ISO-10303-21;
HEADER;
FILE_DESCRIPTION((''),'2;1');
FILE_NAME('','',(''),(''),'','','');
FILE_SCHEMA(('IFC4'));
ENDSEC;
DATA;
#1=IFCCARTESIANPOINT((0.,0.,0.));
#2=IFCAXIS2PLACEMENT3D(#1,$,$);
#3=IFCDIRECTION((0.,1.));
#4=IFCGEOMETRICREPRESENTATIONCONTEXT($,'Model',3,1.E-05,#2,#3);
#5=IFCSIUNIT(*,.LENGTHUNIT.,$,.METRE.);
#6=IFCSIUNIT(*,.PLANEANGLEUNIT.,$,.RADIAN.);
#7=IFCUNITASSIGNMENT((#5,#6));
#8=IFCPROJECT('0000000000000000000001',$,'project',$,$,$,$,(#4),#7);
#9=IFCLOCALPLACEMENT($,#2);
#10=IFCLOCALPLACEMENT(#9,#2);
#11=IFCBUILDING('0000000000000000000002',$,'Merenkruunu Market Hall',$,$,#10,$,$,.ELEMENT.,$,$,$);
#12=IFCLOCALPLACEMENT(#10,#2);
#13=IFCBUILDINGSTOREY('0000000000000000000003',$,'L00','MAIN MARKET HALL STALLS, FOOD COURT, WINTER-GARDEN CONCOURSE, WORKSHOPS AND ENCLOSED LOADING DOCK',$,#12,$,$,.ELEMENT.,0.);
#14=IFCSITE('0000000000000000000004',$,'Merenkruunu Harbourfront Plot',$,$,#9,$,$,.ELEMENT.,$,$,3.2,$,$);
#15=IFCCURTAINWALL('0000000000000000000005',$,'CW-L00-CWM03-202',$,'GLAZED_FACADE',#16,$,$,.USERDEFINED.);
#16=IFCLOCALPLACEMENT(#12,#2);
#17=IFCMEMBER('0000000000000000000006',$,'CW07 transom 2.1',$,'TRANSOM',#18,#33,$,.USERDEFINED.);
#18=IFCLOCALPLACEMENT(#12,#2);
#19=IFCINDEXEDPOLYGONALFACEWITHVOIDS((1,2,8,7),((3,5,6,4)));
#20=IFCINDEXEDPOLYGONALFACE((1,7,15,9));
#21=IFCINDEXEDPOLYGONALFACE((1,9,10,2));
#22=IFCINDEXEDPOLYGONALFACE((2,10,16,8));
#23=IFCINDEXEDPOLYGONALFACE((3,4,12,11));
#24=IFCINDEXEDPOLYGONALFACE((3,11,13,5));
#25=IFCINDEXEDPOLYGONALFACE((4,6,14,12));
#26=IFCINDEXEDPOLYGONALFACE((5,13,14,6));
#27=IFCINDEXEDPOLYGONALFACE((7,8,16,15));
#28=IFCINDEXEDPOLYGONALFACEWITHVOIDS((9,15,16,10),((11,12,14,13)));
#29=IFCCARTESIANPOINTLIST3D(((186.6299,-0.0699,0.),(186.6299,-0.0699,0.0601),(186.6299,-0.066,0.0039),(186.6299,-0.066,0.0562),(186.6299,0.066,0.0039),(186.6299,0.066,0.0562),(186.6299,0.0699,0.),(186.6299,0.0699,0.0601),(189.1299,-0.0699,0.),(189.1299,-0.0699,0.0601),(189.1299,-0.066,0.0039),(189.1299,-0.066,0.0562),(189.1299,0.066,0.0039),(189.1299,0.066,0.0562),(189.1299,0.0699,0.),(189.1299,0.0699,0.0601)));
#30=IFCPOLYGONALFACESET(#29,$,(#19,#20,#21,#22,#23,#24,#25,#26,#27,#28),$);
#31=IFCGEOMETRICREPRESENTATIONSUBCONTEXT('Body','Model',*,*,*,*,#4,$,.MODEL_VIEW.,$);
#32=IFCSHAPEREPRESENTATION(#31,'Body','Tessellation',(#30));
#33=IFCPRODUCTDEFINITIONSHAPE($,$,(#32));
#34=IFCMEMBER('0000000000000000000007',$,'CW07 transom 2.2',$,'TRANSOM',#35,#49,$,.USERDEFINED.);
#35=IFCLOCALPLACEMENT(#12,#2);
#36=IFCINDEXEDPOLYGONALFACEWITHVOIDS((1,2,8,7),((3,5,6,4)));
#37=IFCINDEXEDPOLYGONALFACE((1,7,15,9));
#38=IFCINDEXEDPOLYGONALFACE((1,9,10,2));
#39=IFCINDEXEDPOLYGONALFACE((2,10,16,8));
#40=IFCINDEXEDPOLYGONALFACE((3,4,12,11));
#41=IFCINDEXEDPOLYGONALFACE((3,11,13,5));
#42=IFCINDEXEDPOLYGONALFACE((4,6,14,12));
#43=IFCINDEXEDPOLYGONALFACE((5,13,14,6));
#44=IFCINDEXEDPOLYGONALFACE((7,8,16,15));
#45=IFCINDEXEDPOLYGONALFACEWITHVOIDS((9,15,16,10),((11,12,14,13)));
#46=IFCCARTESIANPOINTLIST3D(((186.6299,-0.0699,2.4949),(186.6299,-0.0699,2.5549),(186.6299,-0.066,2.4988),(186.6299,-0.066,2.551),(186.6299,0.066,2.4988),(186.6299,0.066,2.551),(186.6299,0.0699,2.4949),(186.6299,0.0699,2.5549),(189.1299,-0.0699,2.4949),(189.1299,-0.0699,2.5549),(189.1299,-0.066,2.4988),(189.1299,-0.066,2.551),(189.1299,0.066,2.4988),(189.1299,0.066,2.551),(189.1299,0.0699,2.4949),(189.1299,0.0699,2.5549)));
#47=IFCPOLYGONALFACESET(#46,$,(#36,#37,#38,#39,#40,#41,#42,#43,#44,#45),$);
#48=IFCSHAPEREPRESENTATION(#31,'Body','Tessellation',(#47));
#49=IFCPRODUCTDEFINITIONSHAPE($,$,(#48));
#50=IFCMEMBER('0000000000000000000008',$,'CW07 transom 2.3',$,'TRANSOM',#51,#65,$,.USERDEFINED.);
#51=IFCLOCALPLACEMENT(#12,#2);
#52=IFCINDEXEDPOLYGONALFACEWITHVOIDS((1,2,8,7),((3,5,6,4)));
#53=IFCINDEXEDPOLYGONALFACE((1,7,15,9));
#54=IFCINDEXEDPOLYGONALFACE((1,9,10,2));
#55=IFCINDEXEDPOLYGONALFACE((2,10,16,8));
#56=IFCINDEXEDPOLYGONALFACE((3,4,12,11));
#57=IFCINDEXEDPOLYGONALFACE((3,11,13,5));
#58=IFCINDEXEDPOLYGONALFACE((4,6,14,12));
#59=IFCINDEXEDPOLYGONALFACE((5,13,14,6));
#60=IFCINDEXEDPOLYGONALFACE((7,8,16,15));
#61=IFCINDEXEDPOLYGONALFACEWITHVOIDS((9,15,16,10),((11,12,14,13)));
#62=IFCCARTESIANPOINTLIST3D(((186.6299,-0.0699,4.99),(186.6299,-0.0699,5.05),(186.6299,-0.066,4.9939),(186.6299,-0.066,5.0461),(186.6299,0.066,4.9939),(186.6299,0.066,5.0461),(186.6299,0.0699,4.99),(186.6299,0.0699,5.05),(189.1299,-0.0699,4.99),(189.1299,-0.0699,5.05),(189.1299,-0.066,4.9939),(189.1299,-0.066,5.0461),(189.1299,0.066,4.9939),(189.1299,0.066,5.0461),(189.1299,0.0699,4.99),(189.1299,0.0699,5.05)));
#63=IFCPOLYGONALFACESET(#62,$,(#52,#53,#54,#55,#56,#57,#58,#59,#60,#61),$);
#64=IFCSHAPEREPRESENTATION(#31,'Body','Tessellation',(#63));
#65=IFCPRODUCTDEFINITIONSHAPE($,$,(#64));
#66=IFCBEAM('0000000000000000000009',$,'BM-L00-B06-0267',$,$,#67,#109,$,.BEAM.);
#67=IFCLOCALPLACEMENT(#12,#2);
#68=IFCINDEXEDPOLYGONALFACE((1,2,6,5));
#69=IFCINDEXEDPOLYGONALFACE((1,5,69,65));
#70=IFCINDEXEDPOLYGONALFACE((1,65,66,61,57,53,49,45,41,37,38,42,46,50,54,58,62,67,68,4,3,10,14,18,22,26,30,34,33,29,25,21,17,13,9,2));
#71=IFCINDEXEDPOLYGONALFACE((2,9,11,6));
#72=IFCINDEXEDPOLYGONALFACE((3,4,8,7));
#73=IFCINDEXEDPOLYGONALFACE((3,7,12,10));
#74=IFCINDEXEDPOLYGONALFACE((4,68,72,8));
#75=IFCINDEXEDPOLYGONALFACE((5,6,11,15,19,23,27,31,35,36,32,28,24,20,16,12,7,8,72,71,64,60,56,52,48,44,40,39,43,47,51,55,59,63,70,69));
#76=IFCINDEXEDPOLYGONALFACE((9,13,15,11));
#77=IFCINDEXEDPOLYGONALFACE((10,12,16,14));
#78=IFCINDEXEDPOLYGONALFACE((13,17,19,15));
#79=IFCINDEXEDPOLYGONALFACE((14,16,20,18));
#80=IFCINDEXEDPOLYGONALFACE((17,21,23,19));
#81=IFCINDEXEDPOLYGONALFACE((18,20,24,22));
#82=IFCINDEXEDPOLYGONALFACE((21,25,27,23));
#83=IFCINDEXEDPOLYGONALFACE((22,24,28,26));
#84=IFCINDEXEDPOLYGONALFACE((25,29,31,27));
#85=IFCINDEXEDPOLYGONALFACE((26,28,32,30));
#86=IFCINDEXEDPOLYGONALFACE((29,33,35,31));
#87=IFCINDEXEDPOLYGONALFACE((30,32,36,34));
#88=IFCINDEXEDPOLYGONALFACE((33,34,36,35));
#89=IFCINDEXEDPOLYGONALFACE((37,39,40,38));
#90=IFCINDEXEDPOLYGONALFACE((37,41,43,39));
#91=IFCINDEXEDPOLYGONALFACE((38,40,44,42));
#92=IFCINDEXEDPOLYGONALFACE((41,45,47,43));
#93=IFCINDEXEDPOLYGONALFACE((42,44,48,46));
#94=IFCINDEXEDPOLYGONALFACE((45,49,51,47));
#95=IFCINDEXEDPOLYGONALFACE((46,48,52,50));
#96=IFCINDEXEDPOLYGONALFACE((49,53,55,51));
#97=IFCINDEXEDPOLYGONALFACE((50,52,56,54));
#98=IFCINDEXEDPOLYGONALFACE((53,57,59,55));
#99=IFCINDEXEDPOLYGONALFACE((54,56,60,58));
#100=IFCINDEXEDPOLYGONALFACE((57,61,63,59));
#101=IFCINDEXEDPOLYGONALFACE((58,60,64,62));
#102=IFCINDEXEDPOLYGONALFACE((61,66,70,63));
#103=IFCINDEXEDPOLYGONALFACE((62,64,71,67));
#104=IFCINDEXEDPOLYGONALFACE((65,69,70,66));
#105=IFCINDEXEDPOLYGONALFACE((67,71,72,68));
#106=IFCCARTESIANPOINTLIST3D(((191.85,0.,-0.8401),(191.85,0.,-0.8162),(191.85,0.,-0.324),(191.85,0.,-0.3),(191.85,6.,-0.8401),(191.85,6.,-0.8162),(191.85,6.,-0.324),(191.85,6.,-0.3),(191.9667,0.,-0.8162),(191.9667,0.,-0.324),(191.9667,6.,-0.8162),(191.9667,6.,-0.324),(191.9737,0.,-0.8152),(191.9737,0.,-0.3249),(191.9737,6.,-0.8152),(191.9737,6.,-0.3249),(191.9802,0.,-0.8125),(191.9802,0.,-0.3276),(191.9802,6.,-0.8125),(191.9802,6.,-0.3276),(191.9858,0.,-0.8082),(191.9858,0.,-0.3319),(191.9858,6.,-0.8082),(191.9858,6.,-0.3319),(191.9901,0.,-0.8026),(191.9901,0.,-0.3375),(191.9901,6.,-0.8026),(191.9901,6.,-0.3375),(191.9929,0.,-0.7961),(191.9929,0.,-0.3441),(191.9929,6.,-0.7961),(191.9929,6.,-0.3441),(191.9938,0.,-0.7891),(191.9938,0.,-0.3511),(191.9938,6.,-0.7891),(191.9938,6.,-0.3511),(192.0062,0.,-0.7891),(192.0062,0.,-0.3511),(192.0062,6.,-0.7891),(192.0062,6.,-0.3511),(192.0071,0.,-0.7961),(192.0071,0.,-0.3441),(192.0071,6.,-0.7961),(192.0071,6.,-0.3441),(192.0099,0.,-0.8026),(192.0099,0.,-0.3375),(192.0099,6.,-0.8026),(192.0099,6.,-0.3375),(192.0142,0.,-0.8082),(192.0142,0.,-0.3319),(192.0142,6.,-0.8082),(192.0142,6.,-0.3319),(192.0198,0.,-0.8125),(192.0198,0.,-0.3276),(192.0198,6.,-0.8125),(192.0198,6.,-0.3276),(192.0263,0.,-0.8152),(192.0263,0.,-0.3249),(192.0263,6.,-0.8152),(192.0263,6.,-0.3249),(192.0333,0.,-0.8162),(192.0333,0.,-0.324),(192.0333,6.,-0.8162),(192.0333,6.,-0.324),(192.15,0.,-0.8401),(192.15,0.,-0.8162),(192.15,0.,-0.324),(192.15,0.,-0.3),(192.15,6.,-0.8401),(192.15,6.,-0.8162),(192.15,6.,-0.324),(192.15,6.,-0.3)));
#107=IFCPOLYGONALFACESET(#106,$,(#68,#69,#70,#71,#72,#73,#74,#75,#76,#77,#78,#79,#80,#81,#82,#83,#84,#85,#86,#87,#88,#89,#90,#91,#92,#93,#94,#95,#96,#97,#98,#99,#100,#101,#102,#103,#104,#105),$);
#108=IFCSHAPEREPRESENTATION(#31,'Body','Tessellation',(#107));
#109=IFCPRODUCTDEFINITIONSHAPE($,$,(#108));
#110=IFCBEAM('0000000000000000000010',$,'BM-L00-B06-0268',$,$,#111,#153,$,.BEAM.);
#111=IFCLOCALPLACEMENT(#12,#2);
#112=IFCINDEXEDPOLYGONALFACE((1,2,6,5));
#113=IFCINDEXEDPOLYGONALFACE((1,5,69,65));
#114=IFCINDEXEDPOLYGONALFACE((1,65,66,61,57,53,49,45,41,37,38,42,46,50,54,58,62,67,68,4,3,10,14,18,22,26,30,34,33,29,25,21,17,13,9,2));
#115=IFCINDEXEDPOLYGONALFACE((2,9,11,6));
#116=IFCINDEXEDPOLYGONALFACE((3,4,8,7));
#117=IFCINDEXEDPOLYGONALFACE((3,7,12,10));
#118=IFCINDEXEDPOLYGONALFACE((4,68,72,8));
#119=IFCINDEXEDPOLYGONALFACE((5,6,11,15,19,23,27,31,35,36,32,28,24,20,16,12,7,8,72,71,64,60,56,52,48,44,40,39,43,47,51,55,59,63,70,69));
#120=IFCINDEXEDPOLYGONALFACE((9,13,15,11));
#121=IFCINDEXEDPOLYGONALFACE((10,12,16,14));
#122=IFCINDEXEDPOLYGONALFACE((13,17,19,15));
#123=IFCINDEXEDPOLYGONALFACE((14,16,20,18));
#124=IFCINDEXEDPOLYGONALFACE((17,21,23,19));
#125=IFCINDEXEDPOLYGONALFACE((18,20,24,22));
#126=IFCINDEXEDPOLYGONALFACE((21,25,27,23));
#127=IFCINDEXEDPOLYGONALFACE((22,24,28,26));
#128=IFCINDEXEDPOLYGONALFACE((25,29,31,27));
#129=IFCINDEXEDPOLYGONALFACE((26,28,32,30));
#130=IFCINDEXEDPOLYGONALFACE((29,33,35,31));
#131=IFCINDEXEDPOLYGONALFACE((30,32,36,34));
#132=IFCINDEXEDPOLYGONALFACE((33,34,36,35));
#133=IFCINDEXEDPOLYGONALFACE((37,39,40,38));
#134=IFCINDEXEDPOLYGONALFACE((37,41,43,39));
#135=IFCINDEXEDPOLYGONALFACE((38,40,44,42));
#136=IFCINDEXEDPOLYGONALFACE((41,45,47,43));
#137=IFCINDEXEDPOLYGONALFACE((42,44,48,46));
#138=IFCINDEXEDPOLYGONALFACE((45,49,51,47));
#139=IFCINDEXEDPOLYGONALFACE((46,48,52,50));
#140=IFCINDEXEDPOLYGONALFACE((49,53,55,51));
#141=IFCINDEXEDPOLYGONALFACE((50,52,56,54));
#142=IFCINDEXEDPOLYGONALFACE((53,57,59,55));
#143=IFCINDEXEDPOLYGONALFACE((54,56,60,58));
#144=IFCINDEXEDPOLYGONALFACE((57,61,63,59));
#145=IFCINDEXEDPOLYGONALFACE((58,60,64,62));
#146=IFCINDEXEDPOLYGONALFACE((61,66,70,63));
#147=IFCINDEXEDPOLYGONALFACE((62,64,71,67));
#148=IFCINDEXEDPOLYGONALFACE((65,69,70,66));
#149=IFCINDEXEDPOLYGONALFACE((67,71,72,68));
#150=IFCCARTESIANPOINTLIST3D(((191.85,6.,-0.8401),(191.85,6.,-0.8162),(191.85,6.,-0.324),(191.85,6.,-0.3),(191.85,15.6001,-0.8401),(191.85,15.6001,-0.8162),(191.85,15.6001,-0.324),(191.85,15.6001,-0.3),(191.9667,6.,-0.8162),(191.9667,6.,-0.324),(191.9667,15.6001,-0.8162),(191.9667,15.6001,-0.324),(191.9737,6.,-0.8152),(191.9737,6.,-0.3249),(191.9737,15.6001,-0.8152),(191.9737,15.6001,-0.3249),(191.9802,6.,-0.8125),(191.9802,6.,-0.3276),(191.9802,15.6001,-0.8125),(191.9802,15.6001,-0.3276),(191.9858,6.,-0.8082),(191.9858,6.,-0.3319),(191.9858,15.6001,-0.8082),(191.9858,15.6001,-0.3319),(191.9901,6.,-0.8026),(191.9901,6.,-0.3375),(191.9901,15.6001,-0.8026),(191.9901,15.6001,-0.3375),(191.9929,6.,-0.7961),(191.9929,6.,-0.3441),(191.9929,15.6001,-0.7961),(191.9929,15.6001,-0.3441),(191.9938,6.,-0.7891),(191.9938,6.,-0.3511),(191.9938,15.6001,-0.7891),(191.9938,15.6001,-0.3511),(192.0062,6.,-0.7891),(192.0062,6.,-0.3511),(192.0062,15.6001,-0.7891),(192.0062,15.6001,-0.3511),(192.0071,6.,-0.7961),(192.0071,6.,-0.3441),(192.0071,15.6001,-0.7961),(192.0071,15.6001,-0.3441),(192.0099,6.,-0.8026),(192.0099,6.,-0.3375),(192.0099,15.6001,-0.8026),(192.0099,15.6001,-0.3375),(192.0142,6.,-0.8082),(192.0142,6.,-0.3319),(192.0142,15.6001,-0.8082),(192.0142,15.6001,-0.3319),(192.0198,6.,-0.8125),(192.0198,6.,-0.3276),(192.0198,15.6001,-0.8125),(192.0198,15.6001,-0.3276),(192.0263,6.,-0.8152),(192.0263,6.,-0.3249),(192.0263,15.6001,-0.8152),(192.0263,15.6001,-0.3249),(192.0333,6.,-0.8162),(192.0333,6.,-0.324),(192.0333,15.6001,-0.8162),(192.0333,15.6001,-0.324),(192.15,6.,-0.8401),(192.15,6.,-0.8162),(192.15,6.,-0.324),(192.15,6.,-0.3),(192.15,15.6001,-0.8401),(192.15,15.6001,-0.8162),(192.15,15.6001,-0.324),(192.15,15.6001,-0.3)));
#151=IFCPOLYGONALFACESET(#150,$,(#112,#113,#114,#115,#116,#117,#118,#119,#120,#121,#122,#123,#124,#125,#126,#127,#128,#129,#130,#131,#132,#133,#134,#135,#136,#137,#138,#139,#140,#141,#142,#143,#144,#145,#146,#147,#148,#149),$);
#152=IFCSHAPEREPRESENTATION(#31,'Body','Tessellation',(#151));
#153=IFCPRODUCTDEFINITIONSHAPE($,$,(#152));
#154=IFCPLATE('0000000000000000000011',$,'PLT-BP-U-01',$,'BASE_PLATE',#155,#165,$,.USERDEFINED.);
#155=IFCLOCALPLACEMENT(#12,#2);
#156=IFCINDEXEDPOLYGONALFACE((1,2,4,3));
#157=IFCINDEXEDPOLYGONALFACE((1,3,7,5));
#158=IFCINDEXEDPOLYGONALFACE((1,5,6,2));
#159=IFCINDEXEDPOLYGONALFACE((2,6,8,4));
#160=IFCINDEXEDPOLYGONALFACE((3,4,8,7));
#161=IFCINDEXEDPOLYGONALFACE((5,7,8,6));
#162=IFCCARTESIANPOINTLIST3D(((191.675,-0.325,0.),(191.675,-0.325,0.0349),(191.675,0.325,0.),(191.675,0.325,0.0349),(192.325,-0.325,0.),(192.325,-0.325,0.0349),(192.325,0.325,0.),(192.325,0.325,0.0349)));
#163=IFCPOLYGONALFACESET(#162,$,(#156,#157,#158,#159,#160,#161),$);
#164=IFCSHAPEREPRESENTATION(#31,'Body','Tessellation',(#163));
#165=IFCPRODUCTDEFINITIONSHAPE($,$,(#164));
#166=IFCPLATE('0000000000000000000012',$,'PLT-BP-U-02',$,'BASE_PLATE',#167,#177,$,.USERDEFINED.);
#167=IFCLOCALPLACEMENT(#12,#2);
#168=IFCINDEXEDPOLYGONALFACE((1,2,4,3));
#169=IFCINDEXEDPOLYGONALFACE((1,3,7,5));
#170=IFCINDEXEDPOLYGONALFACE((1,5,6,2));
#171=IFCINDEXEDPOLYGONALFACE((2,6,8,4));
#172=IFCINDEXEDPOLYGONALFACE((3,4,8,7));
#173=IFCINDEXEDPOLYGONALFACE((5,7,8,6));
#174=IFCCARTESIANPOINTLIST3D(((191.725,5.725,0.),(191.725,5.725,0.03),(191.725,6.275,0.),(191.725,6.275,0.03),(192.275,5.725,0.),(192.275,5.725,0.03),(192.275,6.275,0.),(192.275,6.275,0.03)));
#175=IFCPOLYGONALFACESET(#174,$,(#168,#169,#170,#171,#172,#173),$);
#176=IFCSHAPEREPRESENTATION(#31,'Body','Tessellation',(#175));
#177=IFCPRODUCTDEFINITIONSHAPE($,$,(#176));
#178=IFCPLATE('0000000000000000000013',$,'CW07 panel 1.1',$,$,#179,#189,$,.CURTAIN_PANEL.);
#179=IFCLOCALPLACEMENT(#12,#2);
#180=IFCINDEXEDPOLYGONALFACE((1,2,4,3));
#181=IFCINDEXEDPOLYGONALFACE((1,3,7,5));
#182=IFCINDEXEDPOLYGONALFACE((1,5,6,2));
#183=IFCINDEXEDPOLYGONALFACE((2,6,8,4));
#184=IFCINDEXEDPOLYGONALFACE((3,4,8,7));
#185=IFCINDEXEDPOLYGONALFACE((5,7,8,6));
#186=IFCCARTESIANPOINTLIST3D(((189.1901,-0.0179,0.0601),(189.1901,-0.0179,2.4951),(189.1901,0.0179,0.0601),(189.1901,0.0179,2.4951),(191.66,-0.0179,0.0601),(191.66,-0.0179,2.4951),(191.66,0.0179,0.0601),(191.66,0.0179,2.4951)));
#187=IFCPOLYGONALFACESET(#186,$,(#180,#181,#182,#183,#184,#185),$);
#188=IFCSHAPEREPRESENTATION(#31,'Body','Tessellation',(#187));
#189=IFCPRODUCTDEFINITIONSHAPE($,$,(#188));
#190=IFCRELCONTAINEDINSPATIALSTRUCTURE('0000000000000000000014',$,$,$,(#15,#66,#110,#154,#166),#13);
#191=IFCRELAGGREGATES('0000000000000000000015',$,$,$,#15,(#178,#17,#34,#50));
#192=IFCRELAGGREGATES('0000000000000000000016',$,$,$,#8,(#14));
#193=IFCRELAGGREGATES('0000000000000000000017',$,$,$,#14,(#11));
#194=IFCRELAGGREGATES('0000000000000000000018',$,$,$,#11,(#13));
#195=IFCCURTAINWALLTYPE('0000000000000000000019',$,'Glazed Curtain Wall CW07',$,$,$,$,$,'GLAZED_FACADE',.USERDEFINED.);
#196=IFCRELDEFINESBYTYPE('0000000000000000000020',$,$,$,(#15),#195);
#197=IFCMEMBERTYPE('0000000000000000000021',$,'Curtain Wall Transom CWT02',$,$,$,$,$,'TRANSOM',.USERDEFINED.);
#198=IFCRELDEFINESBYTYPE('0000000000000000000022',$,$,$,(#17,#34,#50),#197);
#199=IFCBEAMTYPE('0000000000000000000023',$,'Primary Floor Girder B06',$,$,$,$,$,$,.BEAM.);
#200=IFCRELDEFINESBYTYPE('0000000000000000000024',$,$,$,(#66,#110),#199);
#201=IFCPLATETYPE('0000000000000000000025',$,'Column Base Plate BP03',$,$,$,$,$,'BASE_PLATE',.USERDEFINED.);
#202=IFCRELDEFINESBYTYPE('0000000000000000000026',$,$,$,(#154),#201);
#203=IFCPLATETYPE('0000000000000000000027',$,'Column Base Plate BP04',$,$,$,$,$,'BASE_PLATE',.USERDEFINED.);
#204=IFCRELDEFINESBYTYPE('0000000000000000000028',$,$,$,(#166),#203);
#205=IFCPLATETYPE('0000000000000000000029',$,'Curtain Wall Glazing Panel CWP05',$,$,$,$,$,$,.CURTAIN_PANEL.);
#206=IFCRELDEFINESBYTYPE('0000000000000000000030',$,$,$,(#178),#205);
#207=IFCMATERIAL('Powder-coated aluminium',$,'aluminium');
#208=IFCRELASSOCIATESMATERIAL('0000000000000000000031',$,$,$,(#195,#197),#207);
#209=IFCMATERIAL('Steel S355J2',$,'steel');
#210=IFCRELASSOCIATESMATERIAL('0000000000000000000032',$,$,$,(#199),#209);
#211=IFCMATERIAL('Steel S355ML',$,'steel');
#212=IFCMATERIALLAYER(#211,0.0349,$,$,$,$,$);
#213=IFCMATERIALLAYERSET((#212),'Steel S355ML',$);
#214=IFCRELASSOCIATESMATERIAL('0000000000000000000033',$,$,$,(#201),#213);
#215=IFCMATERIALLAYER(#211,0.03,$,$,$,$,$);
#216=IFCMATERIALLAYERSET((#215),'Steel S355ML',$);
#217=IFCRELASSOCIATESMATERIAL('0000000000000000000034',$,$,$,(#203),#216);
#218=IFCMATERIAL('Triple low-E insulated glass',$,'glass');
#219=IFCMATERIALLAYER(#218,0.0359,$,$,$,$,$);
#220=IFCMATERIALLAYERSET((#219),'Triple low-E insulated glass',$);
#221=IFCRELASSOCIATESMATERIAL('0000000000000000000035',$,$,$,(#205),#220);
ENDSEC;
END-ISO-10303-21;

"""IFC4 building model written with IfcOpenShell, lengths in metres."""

from ifc_helpers import new_model, si_unit, direction, frame, origin, origin_2d, place, context, subcontext, project, spatial, rectangle, hollow_rectangle, i_section, extrude, material, layer, layer_set, material_profile, profile_set, type_object, element, aggregate, save


model = new_model("IFC4")

# Units and contexts
model_context = context("Model", 3, precision=1e-05, world=origin(), true_north=direction((0.0, 1.0)))
body_context = subcontext(model_context, "Body", "Model", "MODEL_VIEW")
ifc_project = project(units=[si_unit("LENGTHUNIT", "METRE"), si_unit("PLANEANGLEUNIT", "RADIAN")], contexts=[model_context])

# Site, building, storey
site_placement = place(None, origin())
site = spatial("IfcSite", under=ifc_project, at=site_placement, Name="Merenkruunu Harbourfront Plot", CompositionType="ELEMENT", RefElevation=3.2)
building_placement = place(site_placement, origin())
building = spatial("IfcBuilding", under=site, at=building_placement, Name="Merenkruunu Market Hall", CompositionType="ELEMENT")
storey_placement = place(building_placement, origin())
storey = spatial("IfcBuildingStorey", under=building, at=storey_placement, Name="L00", Description="MAIN MARKET HALL STALLS, FOOD COURT, WINTER-GARDEN CONCOURSE, WORKSHOPS AND ENCLOSED LOADING DOCK", CompositionType="ELEMENT", Elevation=0.0)

# Shared definitions
ifc_material_1 = material(Name="Steel S355ML", Category="steel")

# Curtain wall, members
ifc_material_2 = material(Name="Powder-coated aluminium", Category="aluminium")
curtain_wall_type = type_object("IfcCurtainWallType", Name="Glazed Curtain Wall CW07", ElementType="GLAZED_FACADE", PredefinedType="USERDEFINED", material=ifc_material_2)
curtain_wall_placement = place(storey_placement, origin())
curtain_wall = element("IfcCurtainWall", 1, at=curtain_wall_placement, inside=storey, type_object=curtain_wall_type, Name="CW-L00-CWM03-202", ObjectType="GLAZED_FACADE", PredefinedType="USERDEFINED")
ifc_material_profile_1 = material_profile(ifc_material_2, hollow_rectangle(XDim=0.0601, YDim=0.1399, WallThickness=0.0039, at=origin_2d()), Name="ALU 60x140x4")
ifc_profile_set_1 = profile_set([ifc_material_profile_1], Name="Powder-coated aluminium")
member_type_1 = type_object("IfcMemberType", Name="Curtain Wall Transom CWT02", ElementType="TRANSOM", PredefinedType="USERDEFINED", material=ifc_profile_set_1)
member_1_placement = place(storey_placement, frame((189.1299, 0.0, 0.03), z_axis=(-1.0, 0.0, 0.0), x_axis=(0.0, 0.0, 1.0)))
member_1 = element("IfcMember", 2, at=member_1_placement, type_object=member_type_1, Name="CW07 transom 2.1", ObjectType="TRANSOM", PredefinedType="USERDEFINED", context=body_context, shape_type="SweptSolid", body=[
    extrude(hollow_rectangle(XDim=0.0601, YDim=0.1399, WallThickness=0.0039, at=origin_2d()), origin(), (0.0, 0.0, 1.0), 2.5),
])
member_2_placement = place(storey_placement, frame((189.1299, 0.0, 2.5249), z_axis=(-1.0, 0.0, 0.0), x_axis=(0.0, 0.0, 1.0)))
member_2 = element("IfcMember", 3, at=member_2_placement, type_object=member_type_1, Name="CW07 transom 2.2", ObjectType="TRANSOM", PredefinedType="USERDEFINED", context=body_context, shape_type="SweptSolid", body=[
    extrude(hollow_rectangle(XDim=0.0601, YDim=0.1399, WallThickness=0.0039, at=origin_2d()), origin(), (0.0, 0.0, 1.0), 2.5),
])
member_3_placement = place(storey_placement, frame((189.1299, 0.0, 5.02), z_axis=(-1.0, 0.0, 0.0), x_axis=(0.0, 0.0, 1.0)))
member_3 = element("IfcMember", 4, at=member_3_placement, type_object=member_type_1, Name="CW07 transom 2.3", ObjectType="TRANSOM", PredefinedType="USERDEFINED", context=body_context, shape_type="SweptSolid", body=[
    extrude(hollow_rectangle(XDim=0.0601, YDim=0.1399, WallThickness=0.0039, at=origin_2d()), origin(), (0.0, 0.0, 1.0), 2.5),
])

# Beams
ifc_material_3 = material(Name="Steel S355J2", Category="steel")
ifc_material_profile_2 = material_profile(ifc_material_3, i_section(OverallWidth=0.3, OverallDepth=0.54, WebThickness=0.0125, FlangeThickness=0.0239, FilletRadius=0.0271, at=origin_2d()), Name="HEA 550")
ifc_profile_set_2 = profile_set([ifc_material_profile_2], Name="Steel S355J2")
beam_type = type_object("IfcBeamType", Name="Primary Floor Girder B06", PredefinedType="BEAM", material=ifc_profile_set_2)
beam_1_placement = place(storey_placement, frame((192.0, 0.0, -0.5701), z_axis=(0.0, 1.0, 0.0), x_axis=(-1.0, 0.0, 0.0)))
element("IfcBeam", 5, at=beam_1_placement, inside=storey, type_object=beam_type, Name="BM-L00-B06-0267", PredefinedType="BEAM", context=body_context, shape_type="SweptSolid", body=[
    extrude(i_section(OverallWidth=0.3, OverallDepth=0.54, WebThickness=0.0125, FlangeThickness=0.0239, FilletRadius=0.0271, at=origin_2d()), origin(), (0.0, 0.0, 1.0), 6.0),
])
beam_2_placement = place(storey_placement, frame((192.0, 6.0, -0.5701), z_axis=(0.0, 1.0, 0.0), x_axis=(-1.0, 0.0, 0.0)))
element("IfcBeam", 6, at=beam_2_placement, inside=storey, type_object=beam_type, Name="BM-L00-B06-0268", PredefinedType="BEAM", context=body_context, shape_type="SweptSolid", body=[
    extrude(i_section(OverallWidth=0.3, OverallDepth=0.54, WebThickness=0.0125, FlangeThickness=0.0239, FilletRadius=0.0271, at=origin_2d()), origin(), (0.0, 0.0, 1.0), 9.6001),
])

# Plates
ifc_layer_1 = layer(ifc_material_1, 0.0349)
ifc_layer_set_1 = layer_set([ifc_layer_1], Name="Steel S355ML")
plate_type_1 = type_object("IfcPlateType", Name="Column Base Plate BP03", ElementType="BASE_PLATE", PredefinedType="USERDEFINED", material=ifc_layer_set_1)
plate_1_placement = place(storey_placement, frame((192.0, 0.0, 0.0), z_axis=(0.0, 0.0, 1.0), x_axis=(1.0, 0.0, 0.0)))
element("IfcPlate", 7, at=plate_1_placement, inside=storey, type_object=plate_type_1, Name="PLT-BP-U-01", ObjectType="BASE_PLATE", PredefinedType="USERDEFINED", context=body_context, shape_type="SweptSolid", body=[
    extrude(rectangle(XDim=0.6499, YDim=0.6499, at=origin_2d()), origin(), (0.0, 0.0, 1.0), 0.0349),
])
ifc_layer_2 = layer(ifc_material_1, 0.03)
ifc_layer_set_2 = layer_set([ifc_layer_2], Name="Steel S355ML")
plate_type_2 = type_object("IfcPlateType", Name="Column Base Plate BP04", ElementType="BASE_PLATE", PredefinedType="USERDEFINED", material=ifc_layer_set_2)
plate_2_placement = place(storey_placement, frame((192.0, 6.0, 0.0), z_axis=(0.0, 0.0, 1.0), x_axis=(1.0, 0.0, 0.0)))
element("IfcPlate", 8, at=plate_2_placement, inside=storey, type_object=plate_type_2, Name="PLT-BP-U-02", ObjectType="BASE_PLATE", PredefinedType="USERDEFINED", context=body_context, shape_type="SweptSolid", body=[
    extrude(rectangle(XDim=0.55, YDim=0.55, at=origin_2d()), origin(), (0.0, 0.0, 1.0), 0.03),
])

# Plate
ifc_material_4 = material(Name="Triple low-E insulated glass", Category="glass")
ifc_layer_3 = layer(ifc_material_4, 0.0359)
ifc_layer_set_3 = layer_set([ifc_layer_3], Name="Triple low-E insulated glass")
plate_type_3 = type_object("IfcPlateType", Name="Curtain Wall Glazing Panel CWP05", PredefinedType="CURTAIN_PANEL", material=ifc_layer_set_3)
plate_3_placement = place(storey_placement, frame((190.425, 0.0, 0.0601), z_axis=(0.0, 0.0, 1.0), x_axis=(-1.0, 0.0, 0.0)))
plate_3 = element("IfcPlate", 9, at=plate_3_placement, type_object=plate_type_3, Name="CW07 panel 1.1", PredefinedType="CURTAIN_PANEL", context=body_context, shape_type="SweptSolid", body=[
    extrude(rectangle(XDim=2.47, YDim=0.0359, at=origin_2d()), origin(), (0.0, 0.0, 1.0), 2.4351),
])
aggregate(curtain_wall, [plate_3, member_1, member_2, member_3])

save(model, "model.ifc")
